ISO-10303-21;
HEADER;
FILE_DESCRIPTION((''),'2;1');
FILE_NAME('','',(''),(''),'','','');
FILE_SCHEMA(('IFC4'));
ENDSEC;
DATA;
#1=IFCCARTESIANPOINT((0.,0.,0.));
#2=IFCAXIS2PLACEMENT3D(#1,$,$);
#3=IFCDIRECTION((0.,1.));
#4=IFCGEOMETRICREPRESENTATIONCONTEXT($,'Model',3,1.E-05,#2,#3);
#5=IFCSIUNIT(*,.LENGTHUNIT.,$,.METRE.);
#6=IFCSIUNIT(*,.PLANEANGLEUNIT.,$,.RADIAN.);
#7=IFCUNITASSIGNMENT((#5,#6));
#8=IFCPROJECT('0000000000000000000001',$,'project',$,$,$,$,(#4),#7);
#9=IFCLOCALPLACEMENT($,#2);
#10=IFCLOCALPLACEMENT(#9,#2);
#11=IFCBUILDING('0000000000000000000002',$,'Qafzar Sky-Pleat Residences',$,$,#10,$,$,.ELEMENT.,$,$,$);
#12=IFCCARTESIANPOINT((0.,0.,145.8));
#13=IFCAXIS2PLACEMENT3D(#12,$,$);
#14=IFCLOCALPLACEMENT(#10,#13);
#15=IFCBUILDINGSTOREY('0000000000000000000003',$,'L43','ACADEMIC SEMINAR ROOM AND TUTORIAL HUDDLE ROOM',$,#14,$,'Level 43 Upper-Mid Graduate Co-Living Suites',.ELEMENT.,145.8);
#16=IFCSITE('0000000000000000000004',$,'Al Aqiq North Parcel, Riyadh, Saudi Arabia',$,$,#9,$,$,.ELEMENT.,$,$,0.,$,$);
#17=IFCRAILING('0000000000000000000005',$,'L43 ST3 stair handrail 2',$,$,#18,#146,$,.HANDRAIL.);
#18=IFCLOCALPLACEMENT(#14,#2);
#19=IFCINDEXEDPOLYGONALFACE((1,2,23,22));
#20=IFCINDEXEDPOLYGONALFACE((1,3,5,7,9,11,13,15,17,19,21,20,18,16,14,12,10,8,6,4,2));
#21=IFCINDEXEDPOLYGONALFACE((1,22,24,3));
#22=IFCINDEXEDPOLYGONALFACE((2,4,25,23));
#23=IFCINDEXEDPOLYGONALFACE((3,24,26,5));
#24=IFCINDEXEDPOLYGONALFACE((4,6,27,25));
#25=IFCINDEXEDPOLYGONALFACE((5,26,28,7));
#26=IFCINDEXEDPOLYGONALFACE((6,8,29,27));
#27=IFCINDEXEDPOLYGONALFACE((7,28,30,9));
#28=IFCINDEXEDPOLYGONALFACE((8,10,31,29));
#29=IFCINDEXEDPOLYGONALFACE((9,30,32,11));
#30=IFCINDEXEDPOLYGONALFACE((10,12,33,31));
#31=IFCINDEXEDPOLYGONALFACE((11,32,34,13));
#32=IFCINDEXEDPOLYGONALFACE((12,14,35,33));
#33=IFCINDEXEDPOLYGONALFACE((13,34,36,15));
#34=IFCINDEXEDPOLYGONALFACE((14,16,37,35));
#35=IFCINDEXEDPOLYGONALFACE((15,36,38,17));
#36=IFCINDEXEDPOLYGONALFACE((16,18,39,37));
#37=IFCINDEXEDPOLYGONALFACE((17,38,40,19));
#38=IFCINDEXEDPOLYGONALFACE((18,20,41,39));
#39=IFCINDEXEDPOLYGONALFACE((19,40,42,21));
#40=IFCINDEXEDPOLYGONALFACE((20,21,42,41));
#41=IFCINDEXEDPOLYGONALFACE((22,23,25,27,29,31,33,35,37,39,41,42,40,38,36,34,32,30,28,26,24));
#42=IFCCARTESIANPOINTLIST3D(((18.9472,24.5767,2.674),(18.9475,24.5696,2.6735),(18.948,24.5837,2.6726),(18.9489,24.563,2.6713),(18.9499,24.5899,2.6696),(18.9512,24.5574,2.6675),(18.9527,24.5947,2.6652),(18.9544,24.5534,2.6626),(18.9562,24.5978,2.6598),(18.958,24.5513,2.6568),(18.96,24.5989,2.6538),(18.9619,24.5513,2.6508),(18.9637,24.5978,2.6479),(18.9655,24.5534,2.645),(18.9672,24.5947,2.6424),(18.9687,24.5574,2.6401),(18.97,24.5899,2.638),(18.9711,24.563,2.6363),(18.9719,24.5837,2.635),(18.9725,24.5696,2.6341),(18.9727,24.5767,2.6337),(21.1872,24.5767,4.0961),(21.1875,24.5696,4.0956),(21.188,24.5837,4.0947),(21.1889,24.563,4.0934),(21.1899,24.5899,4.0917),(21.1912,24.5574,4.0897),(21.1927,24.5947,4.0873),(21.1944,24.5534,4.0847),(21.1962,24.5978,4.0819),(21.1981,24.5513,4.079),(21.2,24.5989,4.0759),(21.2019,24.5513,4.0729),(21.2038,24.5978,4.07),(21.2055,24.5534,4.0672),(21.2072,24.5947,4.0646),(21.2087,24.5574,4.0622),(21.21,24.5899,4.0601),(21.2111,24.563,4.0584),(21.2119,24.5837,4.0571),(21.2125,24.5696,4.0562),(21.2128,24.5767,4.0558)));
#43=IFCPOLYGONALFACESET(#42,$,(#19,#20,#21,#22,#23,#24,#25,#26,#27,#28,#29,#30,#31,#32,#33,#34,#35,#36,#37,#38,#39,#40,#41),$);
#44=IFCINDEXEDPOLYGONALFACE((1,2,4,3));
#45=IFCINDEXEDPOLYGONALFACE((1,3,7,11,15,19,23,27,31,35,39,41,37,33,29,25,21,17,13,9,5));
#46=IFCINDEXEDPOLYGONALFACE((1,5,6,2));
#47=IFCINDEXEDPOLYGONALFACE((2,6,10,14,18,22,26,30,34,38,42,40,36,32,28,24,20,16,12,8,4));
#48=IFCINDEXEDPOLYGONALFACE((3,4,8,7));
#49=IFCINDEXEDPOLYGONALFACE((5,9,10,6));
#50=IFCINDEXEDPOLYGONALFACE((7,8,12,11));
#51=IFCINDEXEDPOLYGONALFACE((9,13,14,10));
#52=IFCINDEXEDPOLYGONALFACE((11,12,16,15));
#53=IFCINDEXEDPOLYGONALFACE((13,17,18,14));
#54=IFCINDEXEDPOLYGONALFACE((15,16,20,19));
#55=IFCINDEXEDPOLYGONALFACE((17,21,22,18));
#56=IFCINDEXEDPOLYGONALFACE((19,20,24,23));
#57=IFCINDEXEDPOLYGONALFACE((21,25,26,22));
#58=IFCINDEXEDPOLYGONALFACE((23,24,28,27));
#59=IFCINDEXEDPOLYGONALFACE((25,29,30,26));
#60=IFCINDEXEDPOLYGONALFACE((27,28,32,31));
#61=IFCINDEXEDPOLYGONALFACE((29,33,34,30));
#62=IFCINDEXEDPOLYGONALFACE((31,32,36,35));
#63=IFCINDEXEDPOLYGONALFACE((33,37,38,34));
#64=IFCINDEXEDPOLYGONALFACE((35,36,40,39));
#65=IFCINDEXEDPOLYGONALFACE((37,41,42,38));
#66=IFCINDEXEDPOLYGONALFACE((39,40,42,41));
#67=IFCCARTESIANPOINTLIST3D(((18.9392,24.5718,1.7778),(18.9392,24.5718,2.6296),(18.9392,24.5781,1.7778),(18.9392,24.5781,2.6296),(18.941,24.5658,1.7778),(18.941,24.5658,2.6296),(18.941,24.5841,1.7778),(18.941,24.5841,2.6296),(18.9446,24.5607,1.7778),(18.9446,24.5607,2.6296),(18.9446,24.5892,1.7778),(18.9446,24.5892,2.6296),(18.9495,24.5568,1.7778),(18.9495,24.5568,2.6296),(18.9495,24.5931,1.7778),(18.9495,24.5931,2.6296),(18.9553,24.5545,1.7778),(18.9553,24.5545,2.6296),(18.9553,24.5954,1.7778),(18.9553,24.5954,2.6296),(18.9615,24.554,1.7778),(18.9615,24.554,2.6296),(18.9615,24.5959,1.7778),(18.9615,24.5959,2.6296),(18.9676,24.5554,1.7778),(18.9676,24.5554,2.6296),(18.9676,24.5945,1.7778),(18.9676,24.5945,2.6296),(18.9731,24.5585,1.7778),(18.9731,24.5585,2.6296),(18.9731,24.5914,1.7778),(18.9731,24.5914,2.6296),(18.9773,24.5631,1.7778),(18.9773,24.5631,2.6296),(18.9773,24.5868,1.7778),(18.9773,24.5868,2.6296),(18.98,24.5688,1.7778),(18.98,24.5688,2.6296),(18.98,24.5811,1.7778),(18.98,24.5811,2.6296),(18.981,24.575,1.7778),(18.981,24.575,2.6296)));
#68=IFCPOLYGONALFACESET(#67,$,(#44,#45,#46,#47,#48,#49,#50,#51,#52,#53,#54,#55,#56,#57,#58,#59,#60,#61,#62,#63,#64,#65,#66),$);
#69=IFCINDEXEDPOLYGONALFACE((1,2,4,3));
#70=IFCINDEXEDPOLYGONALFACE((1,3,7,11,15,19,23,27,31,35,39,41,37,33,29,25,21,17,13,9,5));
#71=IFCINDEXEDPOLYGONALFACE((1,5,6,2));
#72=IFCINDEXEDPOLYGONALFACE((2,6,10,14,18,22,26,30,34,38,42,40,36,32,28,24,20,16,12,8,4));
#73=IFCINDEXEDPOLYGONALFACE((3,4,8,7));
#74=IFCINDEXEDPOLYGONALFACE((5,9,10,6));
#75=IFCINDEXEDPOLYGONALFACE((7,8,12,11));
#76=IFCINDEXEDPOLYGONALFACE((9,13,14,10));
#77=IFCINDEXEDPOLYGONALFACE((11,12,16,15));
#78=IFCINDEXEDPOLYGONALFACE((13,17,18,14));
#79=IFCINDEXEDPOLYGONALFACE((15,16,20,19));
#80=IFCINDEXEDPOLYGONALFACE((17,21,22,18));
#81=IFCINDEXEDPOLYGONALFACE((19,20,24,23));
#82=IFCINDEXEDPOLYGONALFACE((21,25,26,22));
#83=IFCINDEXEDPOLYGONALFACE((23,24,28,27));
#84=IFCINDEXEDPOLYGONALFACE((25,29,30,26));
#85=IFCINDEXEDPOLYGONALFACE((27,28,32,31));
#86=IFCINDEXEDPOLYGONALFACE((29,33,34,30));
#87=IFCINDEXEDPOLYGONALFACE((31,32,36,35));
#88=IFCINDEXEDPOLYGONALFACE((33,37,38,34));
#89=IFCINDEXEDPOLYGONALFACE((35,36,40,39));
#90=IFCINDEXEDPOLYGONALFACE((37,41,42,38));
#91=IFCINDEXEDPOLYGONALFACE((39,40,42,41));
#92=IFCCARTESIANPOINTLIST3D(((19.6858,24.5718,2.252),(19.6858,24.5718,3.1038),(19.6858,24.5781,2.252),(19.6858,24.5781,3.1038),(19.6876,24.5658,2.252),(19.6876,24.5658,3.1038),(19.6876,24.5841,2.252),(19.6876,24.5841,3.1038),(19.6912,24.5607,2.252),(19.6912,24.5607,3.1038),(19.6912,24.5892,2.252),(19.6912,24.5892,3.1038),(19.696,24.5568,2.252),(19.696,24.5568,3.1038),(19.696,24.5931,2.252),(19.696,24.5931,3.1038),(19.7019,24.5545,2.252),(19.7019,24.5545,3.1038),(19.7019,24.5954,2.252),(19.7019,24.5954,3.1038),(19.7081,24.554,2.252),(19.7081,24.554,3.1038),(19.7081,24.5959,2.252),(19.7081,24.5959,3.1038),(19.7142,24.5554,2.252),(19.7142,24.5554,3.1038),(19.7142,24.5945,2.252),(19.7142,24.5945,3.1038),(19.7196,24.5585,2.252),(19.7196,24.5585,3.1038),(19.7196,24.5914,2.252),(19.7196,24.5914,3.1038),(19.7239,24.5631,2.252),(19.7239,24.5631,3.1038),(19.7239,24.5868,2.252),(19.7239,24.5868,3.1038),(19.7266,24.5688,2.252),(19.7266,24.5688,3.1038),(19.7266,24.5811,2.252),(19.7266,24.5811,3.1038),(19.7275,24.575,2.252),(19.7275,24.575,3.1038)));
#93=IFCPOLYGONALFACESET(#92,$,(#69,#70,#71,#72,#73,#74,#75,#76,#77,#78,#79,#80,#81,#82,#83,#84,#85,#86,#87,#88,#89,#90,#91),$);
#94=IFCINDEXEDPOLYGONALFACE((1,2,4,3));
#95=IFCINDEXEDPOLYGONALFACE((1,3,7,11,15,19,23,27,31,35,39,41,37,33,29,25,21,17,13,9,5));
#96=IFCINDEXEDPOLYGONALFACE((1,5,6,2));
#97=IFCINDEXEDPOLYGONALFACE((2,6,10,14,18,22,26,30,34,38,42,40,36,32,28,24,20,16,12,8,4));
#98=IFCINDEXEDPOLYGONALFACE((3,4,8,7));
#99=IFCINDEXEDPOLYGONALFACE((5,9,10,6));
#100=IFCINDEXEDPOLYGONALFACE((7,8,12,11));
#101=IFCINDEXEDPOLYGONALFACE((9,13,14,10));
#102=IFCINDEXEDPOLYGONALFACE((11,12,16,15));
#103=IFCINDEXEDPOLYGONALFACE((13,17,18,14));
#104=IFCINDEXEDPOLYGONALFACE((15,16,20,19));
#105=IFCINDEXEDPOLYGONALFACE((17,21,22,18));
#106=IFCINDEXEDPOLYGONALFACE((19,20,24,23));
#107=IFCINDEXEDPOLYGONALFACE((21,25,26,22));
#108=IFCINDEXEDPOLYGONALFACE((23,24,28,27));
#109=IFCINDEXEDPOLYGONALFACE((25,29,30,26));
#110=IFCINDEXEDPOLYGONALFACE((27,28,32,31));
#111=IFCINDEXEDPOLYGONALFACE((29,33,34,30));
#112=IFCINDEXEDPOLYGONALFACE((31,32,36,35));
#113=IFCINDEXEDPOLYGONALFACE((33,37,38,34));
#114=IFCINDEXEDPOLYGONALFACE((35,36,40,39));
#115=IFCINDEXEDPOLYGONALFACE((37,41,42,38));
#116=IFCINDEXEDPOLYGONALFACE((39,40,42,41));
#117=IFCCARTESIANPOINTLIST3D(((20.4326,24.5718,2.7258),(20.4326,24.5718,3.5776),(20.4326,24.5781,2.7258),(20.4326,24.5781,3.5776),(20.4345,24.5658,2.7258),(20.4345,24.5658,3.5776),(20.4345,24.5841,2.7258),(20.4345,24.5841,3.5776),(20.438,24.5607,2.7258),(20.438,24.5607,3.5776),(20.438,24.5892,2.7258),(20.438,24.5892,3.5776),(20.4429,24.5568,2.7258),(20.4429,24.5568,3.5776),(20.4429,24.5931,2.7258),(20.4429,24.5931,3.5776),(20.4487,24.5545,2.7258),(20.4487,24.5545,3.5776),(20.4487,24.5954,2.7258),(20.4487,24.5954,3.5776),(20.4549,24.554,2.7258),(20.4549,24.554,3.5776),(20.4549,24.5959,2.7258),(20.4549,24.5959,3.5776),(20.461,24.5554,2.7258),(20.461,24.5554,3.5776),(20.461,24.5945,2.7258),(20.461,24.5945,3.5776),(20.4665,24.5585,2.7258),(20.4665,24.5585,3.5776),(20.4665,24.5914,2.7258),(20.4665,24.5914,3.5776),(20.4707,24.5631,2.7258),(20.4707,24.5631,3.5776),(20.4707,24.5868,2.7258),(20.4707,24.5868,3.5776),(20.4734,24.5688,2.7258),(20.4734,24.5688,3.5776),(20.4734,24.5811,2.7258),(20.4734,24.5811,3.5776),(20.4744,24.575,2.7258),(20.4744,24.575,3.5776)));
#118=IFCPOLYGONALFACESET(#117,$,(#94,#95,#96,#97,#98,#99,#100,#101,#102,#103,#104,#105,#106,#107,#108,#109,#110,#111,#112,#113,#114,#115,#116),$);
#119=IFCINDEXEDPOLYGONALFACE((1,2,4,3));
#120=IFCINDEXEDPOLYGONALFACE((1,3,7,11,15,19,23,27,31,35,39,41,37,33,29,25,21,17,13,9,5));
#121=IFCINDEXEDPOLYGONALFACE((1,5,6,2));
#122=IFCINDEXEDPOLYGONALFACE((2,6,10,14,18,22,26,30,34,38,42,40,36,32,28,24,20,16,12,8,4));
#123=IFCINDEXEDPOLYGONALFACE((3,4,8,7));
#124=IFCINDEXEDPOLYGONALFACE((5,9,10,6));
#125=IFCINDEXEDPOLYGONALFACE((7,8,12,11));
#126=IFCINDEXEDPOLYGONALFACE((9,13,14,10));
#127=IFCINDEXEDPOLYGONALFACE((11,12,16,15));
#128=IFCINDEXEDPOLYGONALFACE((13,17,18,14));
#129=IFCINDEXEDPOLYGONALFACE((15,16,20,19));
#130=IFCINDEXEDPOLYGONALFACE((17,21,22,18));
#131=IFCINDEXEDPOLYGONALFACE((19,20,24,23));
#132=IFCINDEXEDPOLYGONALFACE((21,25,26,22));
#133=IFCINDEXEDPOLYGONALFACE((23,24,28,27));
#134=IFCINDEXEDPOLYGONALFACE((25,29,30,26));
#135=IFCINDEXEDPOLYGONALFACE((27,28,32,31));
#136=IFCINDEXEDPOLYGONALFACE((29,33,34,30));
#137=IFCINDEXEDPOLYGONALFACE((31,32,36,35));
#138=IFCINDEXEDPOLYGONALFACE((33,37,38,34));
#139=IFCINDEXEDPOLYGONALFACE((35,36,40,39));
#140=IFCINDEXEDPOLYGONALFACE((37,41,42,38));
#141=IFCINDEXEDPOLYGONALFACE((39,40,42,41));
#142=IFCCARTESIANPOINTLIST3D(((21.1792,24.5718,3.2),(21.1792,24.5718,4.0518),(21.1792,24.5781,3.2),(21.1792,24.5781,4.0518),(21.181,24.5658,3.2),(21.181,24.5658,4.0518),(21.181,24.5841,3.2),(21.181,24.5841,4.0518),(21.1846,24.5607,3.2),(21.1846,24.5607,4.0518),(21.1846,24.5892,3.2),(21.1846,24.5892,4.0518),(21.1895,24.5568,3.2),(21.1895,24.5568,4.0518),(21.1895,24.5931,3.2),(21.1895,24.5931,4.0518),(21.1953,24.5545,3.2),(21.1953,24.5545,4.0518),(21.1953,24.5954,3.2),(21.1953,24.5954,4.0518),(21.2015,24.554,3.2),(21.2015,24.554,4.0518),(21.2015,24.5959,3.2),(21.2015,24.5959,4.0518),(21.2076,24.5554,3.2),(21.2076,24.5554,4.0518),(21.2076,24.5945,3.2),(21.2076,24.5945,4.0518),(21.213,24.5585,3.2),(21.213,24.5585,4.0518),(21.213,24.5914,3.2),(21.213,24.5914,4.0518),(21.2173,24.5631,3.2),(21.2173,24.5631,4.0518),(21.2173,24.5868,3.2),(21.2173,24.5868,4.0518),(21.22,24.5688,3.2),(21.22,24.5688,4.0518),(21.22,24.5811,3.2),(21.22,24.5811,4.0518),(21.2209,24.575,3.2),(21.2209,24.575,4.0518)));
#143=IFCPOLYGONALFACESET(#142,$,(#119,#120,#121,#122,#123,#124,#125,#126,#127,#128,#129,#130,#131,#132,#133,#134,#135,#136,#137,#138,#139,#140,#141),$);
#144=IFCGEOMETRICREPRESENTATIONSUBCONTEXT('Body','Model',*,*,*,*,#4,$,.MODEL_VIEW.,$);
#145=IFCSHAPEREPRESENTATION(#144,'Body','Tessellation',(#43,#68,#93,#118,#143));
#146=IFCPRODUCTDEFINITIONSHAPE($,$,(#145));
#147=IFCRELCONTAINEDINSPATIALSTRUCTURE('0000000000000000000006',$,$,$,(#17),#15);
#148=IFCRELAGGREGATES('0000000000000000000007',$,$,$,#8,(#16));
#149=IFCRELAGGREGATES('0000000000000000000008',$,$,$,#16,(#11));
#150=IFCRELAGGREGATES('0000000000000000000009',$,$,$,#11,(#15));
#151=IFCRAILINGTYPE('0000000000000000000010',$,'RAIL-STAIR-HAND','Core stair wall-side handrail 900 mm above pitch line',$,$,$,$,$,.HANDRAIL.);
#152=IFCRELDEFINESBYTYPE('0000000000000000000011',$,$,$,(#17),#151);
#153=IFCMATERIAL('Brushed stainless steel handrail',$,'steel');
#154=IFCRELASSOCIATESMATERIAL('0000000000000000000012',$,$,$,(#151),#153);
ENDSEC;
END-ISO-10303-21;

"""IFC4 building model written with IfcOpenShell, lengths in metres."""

from ifc_helpers import new_model, si_unit, direction, frame, origin, origin_2d, place, context, subcontext, project, spatial, circle, extrude, source, transform, mapped, material, type_object, element, save


model = new_model("IFC4")

# Units and contexts
model_context = context("Model", 3, precision=1e-05, world=origin(), true_north=direction((0.0, 1.0)))
body_context = subcontext(model_context, "Body", "Model", "MODEL_VIEW")
ifc_project = project(units=[si_unit("LENGTHUNIT", "METRE"), si_unit("PLANEANGLEUNIT", "RADIAN")], contexts=[model_context])

# Site, building, storey
site_placement = place(None, origin())
site = spatial("IfcSite", under=ifc_project, at=site_placement, Name="Al Aqiq North Parcel, Riyadh, Saudi Arabia", CompositionType="ELEMENT", RefElevation=0.0)
building_placement = place(site_placement, origin())
building = spatial("IfcBuilding", under=site, at=building_placement, Name="Qafzar Sky-Pleat Residences", CompositionType="ELEMENT")
storey_placement = place(building_placement, frame((0.0, 0.0, 145.8)))
storey = spatial("IfcBuildingStorey", under=building, at=storey_placement, Name="L43", Description="ACADEMIC SEMINAR ROOM AND TUTORIAL HUDDLE ROOM", LongName="Level 43 Upper-Mid Graduate Co-Living Suites", CompositionType="ELEMENT", Elevation=145.8)

# Railing
ifc_material_1 = material(Name="Brushed stainless steel handrail", Category="steel")
railing_type_1 = type_object("IfcRailingType", Name="RAIL-STAIR-HAND", Description="Core stair wall-side handrail 900 mm above pitch line", PredefinedType="HANDRAIL", material=ifc_material_1)
shared_shape_1 = source(origin(), body_context, "Body", "SweptSolid", [
    extrude(circle(Radius=0.0239, at=origin_2d()), frame((0.0, 0.0, 0.876), z_axis=(0.844229, 0.0, 0.535982), x_axis=(0.0, 1.0, 0.0)), (0.0, 0.0, 1.0), 2.6533),
    extrude(circle(Radius=0.021, at=origin_2d()), origin(), (0.0, 0.0, 1.0), 0.8518),
    extrude(circle(Radius=0.021, at=origin_2d()), frame((0.7466, 0.0, 0.4741)), (0.0, 0.0, 1.0), 0.8518),
    extrude(circle(Radius=0.021, at=origin_2d()), frame((1.4934, 0.0, 0.948)), (0.0, 0.0, 1.0), 0.8518),
    extrude(circle(Radius=0.021, at=origin_2d()), frame((2.24, 0.0, 1.4221)), (0.0, 0.0, 1.0), 0.8518),
])
railing_1_placement = place(storey_placement, frame((18.96, 24.575, 1.7778)))
element("IfcRailing", 1, at=railing_1_placement, inside=storey, type_object=railing_type_1, Name="L43 ST3 stair handrail 2", PredefinedType="HANDRAIL", context=body_context, shape_type="MappedRepresentation", body=[
    mapped(shared_shape_1, transform((0.0, 0.0, 0.0), x_axis=(1.0, 0.0, 0.0), y_axis=(0.0, 1.0, 0.0), z_axis=(0.0, 0.0, 1.0), scale=1.0)),
])

save(model, "model.ifc")
